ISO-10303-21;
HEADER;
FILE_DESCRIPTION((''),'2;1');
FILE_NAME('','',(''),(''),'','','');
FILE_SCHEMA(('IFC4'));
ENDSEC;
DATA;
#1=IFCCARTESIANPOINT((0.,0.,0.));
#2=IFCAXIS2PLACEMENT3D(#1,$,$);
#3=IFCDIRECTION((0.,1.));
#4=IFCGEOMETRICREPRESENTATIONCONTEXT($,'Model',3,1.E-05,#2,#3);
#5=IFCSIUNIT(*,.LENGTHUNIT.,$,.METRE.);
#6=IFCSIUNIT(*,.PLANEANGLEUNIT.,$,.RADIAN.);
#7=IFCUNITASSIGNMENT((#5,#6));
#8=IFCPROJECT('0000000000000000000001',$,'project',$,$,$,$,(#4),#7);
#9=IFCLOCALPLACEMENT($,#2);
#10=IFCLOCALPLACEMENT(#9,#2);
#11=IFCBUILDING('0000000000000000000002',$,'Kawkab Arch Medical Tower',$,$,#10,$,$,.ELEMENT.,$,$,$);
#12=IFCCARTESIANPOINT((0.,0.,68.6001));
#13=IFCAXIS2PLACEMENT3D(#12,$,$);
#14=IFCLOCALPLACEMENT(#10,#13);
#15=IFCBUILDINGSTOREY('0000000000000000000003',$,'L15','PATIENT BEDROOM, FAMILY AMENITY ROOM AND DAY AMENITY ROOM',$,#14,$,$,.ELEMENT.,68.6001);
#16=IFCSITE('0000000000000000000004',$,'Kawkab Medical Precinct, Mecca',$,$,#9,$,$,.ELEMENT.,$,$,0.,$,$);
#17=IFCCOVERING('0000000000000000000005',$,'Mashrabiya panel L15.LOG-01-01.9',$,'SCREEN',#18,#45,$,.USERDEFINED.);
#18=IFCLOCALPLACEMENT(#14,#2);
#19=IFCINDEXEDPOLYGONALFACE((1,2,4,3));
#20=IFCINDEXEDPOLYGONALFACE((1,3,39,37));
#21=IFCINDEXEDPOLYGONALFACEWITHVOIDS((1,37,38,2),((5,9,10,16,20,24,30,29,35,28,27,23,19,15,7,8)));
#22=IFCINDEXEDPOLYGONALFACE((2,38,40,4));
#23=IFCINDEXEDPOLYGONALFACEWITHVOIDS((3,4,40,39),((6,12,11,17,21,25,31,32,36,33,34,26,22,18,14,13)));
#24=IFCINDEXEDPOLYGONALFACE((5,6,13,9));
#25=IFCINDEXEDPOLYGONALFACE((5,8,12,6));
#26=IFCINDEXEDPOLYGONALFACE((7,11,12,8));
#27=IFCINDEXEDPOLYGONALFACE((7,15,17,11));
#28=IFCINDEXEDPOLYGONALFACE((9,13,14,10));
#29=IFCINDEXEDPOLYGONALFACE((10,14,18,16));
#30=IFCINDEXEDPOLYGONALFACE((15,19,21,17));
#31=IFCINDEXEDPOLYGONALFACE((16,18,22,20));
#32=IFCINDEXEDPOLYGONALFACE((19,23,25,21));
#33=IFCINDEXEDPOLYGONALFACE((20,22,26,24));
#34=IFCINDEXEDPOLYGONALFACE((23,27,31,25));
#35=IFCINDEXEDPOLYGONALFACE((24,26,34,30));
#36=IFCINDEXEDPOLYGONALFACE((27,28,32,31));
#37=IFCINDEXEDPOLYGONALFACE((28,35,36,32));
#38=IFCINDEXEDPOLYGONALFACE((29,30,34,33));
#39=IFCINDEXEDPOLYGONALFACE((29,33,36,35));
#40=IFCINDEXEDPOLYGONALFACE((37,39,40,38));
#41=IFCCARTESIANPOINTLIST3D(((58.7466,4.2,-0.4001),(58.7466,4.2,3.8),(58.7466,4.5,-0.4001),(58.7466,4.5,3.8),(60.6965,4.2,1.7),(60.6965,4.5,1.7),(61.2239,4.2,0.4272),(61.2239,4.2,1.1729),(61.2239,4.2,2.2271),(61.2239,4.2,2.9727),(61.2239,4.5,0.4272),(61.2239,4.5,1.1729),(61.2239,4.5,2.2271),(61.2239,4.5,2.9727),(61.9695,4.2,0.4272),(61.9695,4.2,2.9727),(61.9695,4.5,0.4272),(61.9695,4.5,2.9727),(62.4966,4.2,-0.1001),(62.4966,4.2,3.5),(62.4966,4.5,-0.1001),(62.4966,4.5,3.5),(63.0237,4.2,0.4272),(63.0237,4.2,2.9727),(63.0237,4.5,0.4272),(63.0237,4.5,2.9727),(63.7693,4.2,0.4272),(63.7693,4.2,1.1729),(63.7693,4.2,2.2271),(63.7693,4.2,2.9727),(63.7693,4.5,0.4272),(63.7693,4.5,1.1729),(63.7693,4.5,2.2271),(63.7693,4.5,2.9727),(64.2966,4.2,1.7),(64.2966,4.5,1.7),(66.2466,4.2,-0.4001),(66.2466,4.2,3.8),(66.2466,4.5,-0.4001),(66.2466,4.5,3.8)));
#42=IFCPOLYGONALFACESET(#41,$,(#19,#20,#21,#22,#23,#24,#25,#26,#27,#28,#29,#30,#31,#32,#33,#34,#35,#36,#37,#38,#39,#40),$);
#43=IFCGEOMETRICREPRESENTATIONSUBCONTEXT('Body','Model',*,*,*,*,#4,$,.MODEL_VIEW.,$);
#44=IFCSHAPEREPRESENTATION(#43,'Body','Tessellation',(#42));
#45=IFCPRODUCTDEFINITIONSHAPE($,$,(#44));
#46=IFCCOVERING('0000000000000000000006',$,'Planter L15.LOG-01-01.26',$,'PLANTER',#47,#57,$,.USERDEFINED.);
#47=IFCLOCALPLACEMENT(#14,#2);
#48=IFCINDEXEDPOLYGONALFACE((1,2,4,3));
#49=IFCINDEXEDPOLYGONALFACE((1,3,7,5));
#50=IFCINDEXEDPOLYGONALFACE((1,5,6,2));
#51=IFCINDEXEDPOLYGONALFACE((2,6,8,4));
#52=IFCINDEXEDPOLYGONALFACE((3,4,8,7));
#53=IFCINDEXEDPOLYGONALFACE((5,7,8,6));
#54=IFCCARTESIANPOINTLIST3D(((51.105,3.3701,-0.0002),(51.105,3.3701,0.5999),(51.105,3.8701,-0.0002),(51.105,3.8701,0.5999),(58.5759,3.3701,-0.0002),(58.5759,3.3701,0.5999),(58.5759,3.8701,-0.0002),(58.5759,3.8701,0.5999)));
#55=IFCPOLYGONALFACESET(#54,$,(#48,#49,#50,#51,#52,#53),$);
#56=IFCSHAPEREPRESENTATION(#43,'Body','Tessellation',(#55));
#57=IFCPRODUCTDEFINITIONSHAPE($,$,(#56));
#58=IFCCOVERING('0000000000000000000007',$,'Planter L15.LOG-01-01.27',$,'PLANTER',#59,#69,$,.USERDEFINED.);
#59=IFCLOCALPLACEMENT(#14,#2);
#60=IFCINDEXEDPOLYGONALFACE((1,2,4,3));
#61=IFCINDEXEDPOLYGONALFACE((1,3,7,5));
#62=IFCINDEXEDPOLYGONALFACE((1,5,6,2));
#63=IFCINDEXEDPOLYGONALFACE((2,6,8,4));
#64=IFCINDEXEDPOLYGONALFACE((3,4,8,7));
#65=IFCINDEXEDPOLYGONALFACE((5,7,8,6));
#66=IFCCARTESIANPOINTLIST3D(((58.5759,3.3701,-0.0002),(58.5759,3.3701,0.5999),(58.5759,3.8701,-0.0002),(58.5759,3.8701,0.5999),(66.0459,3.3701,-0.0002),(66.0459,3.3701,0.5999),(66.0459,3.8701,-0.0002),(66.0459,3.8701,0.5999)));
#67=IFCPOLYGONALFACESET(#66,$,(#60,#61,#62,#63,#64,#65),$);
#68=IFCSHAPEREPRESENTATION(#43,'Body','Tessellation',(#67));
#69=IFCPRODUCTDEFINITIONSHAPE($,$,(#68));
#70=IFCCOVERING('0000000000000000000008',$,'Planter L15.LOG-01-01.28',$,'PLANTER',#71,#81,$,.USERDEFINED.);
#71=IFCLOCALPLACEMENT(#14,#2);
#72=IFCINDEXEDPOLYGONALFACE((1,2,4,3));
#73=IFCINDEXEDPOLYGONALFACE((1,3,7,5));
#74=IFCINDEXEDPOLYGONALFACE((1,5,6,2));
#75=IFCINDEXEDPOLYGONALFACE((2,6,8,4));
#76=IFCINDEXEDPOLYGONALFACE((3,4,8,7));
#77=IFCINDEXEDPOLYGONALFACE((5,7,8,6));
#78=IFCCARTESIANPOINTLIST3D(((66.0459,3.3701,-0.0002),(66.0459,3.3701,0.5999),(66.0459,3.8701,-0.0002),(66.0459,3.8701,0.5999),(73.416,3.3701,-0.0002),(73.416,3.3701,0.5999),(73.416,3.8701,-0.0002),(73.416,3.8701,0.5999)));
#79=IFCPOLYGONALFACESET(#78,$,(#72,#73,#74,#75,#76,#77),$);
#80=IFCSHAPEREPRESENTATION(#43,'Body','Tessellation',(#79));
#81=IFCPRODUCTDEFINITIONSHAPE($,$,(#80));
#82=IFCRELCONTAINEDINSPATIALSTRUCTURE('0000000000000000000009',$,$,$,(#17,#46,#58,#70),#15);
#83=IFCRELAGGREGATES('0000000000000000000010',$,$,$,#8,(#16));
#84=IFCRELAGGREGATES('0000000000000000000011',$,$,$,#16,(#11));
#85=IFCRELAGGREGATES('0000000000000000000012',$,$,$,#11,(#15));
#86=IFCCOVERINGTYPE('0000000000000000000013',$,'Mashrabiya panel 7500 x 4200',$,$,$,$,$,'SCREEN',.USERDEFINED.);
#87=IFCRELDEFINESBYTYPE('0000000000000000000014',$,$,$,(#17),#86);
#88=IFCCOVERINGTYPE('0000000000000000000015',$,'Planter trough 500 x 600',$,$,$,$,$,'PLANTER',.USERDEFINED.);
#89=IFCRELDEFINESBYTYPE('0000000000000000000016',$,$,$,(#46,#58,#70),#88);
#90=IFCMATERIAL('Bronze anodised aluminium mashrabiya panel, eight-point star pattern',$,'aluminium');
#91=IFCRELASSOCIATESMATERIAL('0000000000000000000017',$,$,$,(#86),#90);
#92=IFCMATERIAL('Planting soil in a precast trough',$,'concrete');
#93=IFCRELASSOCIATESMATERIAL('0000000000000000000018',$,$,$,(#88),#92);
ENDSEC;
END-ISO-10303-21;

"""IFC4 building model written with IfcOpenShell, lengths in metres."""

from ifc_helpers import new_model, si_unit, direction, frame, origin, origin_2d, place, context, subcontext, project, spatial, polyline, rectangle, outline, extrude, material, material_profile, profile_set, type_object, element, save


model = new_model("IFC4")

# Units and contexts
model_context = context("Model", 3, precision=1e-05, world=origin(), true_north=direction((0.0, 1.0)))
body_context = subcontext(model_context, "Body", "Model", "MODEL_VIEW")
ifc_project = project(units=[si_unit("LENGTHUNIT", "METRE"), si_unit("PLANEANGLEUNIT", "RADIAN")], contexts=[model_context])

# Site, building, storey
site_placement = place(None, origin())
site = spatial("IfcSite", under=ifc_project, at=site_placement, Name="Kawkab Medical Precinct, Mecca", CompositionType="ELEMENT", RefElevation=0.0)
building_placement = place(site_placement, origin())
building = spatial("IfcBuilding", under=site, at=building_placement, Name="Kawkab Arch Medical Tower", CompositionType="ELEMENT")
storey_placement = place(building_placement, frame((0.0, 0.0, 68.6001)))
storey = spatial("IfcBuildingStorey", under=building, at=storey_placement, Name="L15", Description="PATIENT BEDROOM, FAMILY AMENITY ROOM AND DAY AMENITY ROOM", CompositionType="ELEMENT", Elevation=68.6001)

# Coverings
ifc_material_1 = material(Name="Bronze anodised aluminium mashrabiya panel, eight-point star pattern", Category="aluminium")
ifc_material_profile_1 = material_profile(ifc_material_1, outline(polyline([(-3.75, -2.1001), (3.75, -2.1001), (3.75, 2.1001), (-3.75, 2.1001), (-3.75, -2.1001)]), holes=[polyline([(1.8, 0.0), (1.2727, 0.5271), (1.2727, 1.2727), (0.5271, 1.2727), (0.0, 1.8), (-0.5271, 1.2727), (-1.2727, 1.2727), (-1.2727, 0.5271), (-1.8, 0.0), (-1.2727, -0.5271), (-1.2727, -1.2727), (-0.5271, -1.2727), (0.0, -1.8), (0.5271, -1.2727), (1.2727, -1.2727), (1.2727, -0.5271), (1.8, 0.0)])]), Name="Mashrabiya panel 7500x4200")
ifc_profile_set_1 = profile_set([ifc_material_profile_1], Name="Bronze anodised aluminium mashrabiya panel, eight-point star pattern")
covering_type_1 = type_object("IfcCoveringType", Name="Mashrabiya panel 7500 x 4200", ElementType="SCREEN", PredefinedType="USERDEFINED", material=ifc_profile_set_1)
covering_1_placement = place(storey_placement, frame((62.4966, 4.2, 1.7), z_axis=(0.0, 1.0, 0.0), x_axis=(-1.0, 0.0, 0.0)))
element("IfcCovering", 1, at=covering_1_placement, inside=storey, type_object=covering_type_1, Name="Mashrabiya panel L15.LOG-01-01.9", ObjectType="SCREEN", PredefinedType="USERDEFINED", context=body_context, shape_type="SweptSolid", body=[
    extrude(outline(polyline([(-3.75, -2.1001), (3.75, -2.1001), (3.75, 2.1001), (-3.75, 2.1001), (-3.75, -2.1001)]), holes=[polyline([(1.8, 0.0), (1.2727, 0.5271), (1.2727, 1.2727), (0.5271, 1.2727), (0.0, 1.8), (-0.5271, 1.2727), (-1.2727, 1.2727), (-1.2727, 0.5271), (-1.8, 0.0), (-1.2727, -0.5271), (-1.2727, -1.2727), (-0.5271, -1.2727), (0.0, -1.8), (0.5271, -1.2727), (1.2727, -1.2727), (1.2727, -0.5271), (1.8, 0.0)])]), origin(), (0.0, 0.0, 1.0), 0.3),
])
ifc_material_2 = material(Name="Planting soil in a precast trough", Category="concrete")
ifc_material_profile_2 = material_profile(ifc_material_2, rectangle(XDim=0.5, YDim=0.6001, at=origin_2d()), Name="Trough 500x600")
ifc_profile_set_2 = profile_set([ifc_material_profile_2], Name="Planting soil in a precast trough")
covering_type_2 = type_object("IfcCoveringType", Name="Planter trough 500 x 600", ElementType="PLANTER", PredefinedType="USERDEFINED", material=ifc_profile_set_2)
covering_2_placement = place(storey_placement, frame((51.105, 3.6201, 0.2998), z_axis=(1.0, 0.0, 0.0), x_axis=(0.0, 1.0, 0.0)))
element("IfcCovering", 2, at=covering_2_placement, inside=storey, type_object=covering_type_2, Name="Planter L15.LOG-01-01.26", ObjectType="PLANTER", PredefinedType="USERDEFINED", context=body_context, shape_type="SweptSolid", body=[
    extrude(rectangle(XDim=0.5, YDim=0.6001, at=origin_2d()), origin(), (0.0, 0.0, 1.0), 7.4709),
])
covering_3_placement = place(storey_placement, frame((58.5759, 3.6201, 0.2998), z_axis=(1.0, 0.0, 0.0), x_axis=(0.0, 1.0, 0.0)))
element("IfcCovering", 3, at=covering_3_placement, inside=storey, type_object=covering_type_2, Name="Planter L15.LOG-01-01.27", ObjectType="PLANTER", PredefinedType="USERDEFINED", context=body_context, shape_type="SweptSolid", body=[
    extrude(rectangle(XDim=0.5, YDim=0.6001, at=origin_2d()), origin(), (0.0, 0.0, 1.0), 7.47),
])
covering_4_placement = place(storey_placement, frame((66.0459, 3.6201, 0.2998), z_axis=(1.0, 0.0, 0.0), x_axis=(0.0, 1.0, 0.0)))
element("IfcCovering", 4, at=covering_4_placement, inside=storey, type_object=covering_type_2, Name="Planter L15.LOG-01-01.28", ObjectType="PLANTER", PredefinedType="USERDEFINED", context=body_context, shape_type="SweptSolid", body=[
    extrude(rectangle(XDim=0.5, YDim=0.6001, at=origin_2d()), origin(), (0.0, 0.0, 1.0), 7.3701),
])

save(model, "model.ifc")
